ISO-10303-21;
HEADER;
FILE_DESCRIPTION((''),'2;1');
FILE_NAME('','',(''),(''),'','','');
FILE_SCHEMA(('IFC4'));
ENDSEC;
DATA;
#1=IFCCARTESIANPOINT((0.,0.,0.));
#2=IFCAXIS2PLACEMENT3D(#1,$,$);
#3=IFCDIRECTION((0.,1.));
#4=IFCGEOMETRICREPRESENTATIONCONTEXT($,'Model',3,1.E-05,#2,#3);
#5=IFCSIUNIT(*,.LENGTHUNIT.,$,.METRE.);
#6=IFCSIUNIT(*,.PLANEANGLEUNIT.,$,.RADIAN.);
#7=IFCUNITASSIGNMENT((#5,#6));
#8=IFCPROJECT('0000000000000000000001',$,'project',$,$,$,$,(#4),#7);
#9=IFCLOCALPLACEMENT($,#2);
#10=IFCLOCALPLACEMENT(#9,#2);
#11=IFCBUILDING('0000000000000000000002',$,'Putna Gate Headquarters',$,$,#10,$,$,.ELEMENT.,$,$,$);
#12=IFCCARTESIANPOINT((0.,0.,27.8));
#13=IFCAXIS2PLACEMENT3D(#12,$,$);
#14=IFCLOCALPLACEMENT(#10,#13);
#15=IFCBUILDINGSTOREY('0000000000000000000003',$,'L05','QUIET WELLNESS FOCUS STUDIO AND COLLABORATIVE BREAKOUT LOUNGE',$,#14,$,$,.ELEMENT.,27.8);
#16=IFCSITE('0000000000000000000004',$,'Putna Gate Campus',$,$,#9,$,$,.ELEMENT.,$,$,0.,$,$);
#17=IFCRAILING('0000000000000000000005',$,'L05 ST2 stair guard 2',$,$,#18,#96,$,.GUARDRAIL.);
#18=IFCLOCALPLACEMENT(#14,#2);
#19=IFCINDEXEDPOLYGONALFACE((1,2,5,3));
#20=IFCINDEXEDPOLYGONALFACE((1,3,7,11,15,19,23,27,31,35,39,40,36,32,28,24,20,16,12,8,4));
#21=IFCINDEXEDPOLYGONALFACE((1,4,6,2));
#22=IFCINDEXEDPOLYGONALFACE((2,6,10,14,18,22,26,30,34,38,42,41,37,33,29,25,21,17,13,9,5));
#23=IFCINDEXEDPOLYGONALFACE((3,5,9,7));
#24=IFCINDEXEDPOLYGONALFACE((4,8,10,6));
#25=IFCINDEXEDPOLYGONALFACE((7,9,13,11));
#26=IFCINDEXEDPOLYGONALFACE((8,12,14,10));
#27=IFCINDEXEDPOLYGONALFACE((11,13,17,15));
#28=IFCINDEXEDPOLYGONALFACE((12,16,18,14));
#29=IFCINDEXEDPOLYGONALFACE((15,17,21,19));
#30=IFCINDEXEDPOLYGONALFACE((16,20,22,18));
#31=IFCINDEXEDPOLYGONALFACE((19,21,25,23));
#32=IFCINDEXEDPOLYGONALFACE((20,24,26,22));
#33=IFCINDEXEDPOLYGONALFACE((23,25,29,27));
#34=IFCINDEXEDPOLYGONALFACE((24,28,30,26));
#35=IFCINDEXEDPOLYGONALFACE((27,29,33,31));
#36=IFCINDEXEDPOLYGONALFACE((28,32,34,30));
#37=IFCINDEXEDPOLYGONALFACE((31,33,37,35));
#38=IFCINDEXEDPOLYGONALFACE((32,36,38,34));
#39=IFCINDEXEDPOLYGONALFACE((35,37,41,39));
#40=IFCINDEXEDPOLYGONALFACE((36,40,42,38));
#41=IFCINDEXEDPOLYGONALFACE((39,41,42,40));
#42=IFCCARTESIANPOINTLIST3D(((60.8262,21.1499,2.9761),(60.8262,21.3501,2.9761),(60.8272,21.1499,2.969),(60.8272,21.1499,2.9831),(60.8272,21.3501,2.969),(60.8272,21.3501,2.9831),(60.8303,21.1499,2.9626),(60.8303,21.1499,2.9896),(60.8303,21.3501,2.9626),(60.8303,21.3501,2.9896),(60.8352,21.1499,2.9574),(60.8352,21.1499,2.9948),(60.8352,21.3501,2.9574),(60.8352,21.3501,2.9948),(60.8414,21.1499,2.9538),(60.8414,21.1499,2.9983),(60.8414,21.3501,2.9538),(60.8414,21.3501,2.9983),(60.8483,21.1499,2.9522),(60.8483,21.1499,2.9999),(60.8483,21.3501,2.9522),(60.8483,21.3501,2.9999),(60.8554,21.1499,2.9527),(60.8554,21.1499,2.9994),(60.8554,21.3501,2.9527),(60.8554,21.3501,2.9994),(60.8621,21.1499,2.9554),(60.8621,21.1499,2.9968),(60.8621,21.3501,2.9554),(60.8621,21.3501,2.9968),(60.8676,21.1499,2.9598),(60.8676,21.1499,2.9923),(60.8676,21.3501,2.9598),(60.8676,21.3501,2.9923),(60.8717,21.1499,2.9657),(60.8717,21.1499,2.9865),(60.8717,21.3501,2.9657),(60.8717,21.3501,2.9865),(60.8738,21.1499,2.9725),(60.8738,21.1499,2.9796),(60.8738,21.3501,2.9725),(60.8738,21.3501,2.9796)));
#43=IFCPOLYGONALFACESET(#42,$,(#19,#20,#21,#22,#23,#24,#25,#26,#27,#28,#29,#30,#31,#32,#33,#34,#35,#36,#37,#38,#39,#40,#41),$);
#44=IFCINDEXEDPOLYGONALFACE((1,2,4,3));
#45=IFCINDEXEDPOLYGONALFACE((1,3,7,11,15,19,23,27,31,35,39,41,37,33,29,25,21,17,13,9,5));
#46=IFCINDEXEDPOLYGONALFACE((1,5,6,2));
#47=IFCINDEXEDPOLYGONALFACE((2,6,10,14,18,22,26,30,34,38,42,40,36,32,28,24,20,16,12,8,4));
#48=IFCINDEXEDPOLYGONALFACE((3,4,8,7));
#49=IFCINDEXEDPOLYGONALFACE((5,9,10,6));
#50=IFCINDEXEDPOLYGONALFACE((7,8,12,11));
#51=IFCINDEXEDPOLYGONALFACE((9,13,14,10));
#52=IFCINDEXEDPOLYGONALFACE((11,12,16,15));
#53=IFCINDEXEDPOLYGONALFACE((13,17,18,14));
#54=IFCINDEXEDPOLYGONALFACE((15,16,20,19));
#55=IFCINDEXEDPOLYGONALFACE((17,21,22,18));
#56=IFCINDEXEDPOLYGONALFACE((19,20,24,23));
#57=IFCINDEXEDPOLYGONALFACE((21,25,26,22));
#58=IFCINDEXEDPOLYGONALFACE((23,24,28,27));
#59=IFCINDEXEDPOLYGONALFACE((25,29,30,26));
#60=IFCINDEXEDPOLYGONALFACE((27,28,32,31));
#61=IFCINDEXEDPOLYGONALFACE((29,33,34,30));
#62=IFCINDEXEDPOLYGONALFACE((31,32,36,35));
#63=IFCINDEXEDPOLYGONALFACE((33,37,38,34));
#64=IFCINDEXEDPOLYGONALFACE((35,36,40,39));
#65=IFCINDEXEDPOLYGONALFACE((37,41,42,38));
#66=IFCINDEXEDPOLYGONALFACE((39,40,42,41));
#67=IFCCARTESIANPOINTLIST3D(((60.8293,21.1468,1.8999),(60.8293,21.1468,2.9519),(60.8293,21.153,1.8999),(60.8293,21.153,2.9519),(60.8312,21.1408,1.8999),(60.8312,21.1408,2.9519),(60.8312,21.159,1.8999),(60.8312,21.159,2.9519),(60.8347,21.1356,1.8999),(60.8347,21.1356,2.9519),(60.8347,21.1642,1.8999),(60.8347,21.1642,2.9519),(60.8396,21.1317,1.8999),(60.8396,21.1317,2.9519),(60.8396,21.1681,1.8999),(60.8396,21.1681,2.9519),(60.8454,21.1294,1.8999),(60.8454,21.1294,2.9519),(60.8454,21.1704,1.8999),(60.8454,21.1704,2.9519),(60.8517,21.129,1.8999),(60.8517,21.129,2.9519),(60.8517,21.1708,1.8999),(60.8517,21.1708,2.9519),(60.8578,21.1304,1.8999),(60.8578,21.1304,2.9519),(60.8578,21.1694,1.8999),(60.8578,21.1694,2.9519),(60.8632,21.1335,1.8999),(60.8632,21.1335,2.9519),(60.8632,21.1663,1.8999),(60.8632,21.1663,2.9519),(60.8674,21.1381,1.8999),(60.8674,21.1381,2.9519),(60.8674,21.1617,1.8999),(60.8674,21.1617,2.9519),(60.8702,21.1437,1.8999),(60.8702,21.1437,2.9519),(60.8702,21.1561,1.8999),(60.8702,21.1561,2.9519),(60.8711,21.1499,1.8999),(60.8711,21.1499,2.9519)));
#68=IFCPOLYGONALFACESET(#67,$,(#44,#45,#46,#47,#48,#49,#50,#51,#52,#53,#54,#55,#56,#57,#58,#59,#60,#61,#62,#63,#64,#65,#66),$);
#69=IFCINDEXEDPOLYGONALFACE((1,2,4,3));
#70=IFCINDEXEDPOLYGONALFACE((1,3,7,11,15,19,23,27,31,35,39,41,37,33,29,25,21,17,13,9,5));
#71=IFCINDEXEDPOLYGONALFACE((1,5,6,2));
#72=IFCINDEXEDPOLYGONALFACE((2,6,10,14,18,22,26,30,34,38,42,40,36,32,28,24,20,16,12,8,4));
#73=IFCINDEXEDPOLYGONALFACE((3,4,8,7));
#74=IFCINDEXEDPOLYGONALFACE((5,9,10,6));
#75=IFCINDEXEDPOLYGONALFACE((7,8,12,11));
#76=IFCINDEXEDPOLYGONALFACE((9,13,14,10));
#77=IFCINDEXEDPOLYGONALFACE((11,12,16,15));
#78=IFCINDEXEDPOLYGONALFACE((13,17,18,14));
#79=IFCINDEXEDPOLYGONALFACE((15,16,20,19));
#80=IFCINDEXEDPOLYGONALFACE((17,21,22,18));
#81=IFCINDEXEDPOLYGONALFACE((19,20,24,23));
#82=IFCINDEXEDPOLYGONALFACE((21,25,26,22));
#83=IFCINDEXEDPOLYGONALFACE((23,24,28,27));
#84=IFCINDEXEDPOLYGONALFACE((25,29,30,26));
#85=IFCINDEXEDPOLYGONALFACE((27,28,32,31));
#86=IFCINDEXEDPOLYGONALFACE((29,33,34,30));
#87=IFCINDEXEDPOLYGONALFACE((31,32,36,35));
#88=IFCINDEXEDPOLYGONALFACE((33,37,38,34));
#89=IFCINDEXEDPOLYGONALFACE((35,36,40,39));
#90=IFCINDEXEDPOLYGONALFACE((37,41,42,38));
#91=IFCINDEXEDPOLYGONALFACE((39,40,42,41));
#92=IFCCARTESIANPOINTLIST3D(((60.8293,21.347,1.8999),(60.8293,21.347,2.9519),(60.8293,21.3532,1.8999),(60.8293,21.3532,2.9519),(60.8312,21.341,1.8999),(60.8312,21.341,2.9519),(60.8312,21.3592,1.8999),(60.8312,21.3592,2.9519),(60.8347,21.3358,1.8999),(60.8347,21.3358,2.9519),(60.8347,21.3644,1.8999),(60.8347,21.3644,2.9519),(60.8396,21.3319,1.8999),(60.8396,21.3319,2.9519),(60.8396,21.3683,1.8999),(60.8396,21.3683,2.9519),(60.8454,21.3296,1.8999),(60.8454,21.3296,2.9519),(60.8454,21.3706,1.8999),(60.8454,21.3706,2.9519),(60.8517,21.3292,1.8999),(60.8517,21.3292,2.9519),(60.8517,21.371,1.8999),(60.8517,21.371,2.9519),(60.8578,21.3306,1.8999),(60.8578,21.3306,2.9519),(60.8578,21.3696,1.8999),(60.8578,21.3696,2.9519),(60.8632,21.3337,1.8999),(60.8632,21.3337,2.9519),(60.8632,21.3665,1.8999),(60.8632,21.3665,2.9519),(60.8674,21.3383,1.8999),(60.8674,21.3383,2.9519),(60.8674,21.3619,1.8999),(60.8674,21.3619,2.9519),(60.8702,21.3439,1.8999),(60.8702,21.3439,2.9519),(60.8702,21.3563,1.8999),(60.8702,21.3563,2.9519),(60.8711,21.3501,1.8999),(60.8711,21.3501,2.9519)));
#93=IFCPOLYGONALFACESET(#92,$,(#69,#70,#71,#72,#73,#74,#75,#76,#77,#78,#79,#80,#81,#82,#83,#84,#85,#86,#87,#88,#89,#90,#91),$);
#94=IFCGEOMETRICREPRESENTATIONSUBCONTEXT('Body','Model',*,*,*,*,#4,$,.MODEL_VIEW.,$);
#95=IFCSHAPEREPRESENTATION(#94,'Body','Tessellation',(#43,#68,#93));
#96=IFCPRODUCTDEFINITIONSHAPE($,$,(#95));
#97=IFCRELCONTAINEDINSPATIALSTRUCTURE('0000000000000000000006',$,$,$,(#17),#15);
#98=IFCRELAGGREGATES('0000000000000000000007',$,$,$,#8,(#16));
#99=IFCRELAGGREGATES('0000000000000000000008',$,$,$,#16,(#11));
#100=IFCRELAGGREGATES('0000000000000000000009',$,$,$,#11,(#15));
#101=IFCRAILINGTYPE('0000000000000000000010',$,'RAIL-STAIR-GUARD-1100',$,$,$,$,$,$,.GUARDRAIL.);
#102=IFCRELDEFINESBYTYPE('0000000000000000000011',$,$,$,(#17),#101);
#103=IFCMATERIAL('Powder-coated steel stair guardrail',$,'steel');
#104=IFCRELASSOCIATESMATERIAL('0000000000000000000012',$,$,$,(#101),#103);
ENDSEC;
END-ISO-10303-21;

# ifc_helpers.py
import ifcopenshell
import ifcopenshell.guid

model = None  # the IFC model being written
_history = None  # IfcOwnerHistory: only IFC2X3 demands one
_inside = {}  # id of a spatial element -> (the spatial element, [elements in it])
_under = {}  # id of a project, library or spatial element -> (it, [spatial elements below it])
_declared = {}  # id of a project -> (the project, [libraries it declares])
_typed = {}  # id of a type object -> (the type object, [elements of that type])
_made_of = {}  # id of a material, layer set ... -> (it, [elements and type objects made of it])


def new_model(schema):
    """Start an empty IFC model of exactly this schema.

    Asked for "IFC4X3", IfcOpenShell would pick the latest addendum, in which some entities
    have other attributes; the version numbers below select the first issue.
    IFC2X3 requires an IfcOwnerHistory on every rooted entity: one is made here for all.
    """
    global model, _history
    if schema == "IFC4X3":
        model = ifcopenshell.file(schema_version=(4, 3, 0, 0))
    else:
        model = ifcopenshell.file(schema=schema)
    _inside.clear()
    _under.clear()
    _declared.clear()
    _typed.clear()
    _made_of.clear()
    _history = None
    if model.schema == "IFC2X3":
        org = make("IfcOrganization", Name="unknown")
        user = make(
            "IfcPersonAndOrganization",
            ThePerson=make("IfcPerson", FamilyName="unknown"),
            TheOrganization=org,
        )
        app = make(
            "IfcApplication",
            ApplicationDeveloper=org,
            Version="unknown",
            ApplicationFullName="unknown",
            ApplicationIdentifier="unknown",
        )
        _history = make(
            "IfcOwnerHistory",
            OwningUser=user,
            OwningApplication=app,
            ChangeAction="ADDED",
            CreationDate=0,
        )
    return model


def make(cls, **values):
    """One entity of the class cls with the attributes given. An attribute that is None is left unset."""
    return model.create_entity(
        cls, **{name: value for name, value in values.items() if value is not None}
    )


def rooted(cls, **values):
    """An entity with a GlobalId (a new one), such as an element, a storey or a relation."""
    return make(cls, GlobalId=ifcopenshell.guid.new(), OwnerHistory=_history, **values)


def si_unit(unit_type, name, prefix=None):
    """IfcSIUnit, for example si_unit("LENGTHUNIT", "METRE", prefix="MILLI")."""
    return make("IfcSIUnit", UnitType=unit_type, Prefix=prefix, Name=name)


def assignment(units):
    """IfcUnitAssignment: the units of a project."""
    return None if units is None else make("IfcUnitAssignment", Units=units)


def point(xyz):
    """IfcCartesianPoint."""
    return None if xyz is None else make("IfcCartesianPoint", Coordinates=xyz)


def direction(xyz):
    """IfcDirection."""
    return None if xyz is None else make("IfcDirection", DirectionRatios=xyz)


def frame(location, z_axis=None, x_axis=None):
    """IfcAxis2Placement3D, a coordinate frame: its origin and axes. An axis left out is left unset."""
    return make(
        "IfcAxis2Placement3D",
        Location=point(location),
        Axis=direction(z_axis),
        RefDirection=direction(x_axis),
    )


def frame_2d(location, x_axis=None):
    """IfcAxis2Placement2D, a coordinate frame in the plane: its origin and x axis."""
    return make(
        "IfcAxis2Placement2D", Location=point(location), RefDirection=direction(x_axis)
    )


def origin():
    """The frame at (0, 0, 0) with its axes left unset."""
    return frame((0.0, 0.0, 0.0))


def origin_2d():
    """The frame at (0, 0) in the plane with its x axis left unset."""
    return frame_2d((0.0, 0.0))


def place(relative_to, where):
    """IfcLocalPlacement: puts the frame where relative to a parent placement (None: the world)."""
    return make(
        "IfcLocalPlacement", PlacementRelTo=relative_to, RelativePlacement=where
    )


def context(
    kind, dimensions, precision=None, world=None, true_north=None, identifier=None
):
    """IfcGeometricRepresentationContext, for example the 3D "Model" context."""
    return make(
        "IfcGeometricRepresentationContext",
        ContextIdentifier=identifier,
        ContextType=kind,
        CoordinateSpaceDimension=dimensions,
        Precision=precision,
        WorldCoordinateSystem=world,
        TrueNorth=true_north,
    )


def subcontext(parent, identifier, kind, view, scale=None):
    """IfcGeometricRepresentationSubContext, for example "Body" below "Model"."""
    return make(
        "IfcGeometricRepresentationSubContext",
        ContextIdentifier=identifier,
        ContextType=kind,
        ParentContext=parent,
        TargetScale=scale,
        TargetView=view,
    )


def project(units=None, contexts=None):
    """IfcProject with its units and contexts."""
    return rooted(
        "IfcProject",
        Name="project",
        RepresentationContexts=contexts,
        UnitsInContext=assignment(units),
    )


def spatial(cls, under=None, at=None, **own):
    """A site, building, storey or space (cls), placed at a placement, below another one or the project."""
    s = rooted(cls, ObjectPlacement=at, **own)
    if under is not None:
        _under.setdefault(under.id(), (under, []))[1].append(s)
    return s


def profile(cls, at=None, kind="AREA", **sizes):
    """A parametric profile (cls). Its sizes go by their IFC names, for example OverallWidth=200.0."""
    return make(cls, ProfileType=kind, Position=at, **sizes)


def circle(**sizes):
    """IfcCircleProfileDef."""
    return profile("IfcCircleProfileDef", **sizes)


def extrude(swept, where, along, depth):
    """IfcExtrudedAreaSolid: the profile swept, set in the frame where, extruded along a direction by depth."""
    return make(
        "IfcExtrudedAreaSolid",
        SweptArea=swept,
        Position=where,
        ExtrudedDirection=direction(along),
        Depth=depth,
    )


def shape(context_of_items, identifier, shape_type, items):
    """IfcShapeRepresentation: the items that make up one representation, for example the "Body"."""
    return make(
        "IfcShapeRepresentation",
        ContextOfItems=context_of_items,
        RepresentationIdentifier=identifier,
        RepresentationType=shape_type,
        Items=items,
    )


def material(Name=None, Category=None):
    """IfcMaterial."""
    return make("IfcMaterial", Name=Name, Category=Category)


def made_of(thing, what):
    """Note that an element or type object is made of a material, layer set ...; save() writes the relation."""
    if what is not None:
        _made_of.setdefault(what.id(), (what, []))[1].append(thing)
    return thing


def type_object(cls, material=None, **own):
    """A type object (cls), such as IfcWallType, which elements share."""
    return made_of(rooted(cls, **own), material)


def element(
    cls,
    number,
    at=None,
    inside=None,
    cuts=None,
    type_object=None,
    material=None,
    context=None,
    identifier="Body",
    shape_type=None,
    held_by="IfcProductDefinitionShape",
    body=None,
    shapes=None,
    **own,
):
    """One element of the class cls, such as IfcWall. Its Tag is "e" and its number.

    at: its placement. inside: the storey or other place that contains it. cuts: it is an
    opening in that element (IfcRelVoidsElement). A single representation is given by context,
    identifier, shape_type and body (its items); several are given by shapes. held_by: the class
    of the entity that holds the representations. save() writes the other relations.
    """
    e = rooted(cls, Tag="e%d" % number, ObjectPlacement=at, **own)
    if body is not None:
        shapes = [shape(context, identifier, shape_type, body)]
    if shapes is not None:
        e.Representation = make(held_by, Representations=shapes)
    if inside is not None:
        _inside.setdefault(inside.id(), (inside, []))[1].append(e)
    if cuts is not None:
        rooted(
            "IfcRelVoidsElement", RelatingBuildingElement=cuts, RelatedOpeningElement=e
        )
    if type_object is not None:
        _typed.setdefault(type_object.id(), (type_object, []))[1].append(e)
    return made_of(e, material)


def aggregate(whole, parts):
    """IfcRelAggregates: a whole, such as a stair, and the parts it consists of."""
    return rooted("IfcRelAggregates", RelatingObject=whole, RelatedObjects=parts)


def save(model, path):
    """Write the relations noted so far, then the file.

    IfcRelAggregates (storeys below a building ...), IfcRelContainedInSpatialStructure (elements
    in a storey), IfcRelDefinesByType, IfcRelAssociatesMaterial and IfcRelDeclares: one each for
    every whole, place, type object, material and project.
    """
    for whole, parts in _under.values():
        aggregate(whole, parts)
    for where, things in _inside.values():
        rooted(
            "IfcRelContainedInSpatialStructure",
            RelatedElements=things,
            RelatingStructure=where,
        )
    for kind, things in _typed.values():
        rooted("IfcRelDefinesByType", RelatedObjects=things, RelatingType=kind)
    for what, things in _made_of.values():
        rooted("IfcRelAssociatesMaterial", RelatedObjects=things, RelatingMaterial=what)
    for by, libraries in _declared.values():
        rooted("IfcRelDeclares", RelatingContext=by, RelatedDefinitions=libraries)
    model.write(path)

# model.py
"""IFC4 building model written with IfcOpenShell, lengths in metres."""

from ifc_helpers import new_model, si_unit, direction, frame, origin, origin_2d, place, context, subcontext, project, spatial, circle, extrude, material, type_object, element, save


model = new_model("IFC4")

# Units and contexts
model_context = context("Model", 3, precision=1e-05, world=origin(), true_north=direction((0.0, 1.0)))
body_context = subcontext(model_context, "Body", "Model", "MODEL_VIEW")
ifc_project = project(units=[si_unit("LENGTHUNIT", "METRE"), si_unit("PLANEANGLEUNIT", "RADIAN")], contexts=[model_context])

# Site, building, storey
site_placement = place(None, origin())
site = spatial("IfcSite", under=ifc_project, at=site_placement, Name="Putna Gate Campus", CompositionType="ELEMENT", RefElevation=0.0)
building_placement = place(site_placement, origin())
building = spatial("IfcBuilding", under=site, at=building_placement, Name="Putna Gate Headquarters", CompositionType="ELEMENT")
storey_placement = place(building_placement, frame((0.0, 0.0, 27.8)))
storey = spatial("IfcBuildingStorey", under=building, at=storey_placement, Name="L05", Description="QUIET WELLNESS FOCUS STUDIO AND COLLABORATIVE BREAKOUT LOUNGE", CompositionType="ELEMENT", Elevation=27.8)

# Railing
ifc_material_1 = material(Name="Powder-coated steel stair guardrail", Category="steel")
railing_type = type_object("IfcRailingType", Name="RAIL-STAIR-GUARD-1100", PredefinedType="GUARDRAIL", material=ifc_material_1)
railing_1_placement = place(storey_placement, frame((60.8501, 21.1499, 1.8999)))
element("IfcRailing", 1, at=railing_1_placement, inside=storey, type_object=railing_type, Name="L05 ST2 stair guard 2", PredefinedType="GUARDRAIL", context=body_context, shape_type="SweptSolid", body=[
    extrude(circle(Radius=0.0239, at=origin_2d()), frame((0.0, 0.0, 1.0762), z_axis=(0.0, 1.0, 0.0), x_axis=(-1.0, 0.0, 0.0)), (0.0, 0.0, 1.0), 0.2002),
    extrude(circle(Radius=0.021, at=origin_2d()), origin(), (0.0, 0.0, 1.0), 1.052),
    extrude(circle(Radius=0.021, at=origin_2d()), frame((0.0, 0.2002, 0.0)), (0.0, 0.0, 1.0), 1.052),
])

save(model, "model.ifc")
